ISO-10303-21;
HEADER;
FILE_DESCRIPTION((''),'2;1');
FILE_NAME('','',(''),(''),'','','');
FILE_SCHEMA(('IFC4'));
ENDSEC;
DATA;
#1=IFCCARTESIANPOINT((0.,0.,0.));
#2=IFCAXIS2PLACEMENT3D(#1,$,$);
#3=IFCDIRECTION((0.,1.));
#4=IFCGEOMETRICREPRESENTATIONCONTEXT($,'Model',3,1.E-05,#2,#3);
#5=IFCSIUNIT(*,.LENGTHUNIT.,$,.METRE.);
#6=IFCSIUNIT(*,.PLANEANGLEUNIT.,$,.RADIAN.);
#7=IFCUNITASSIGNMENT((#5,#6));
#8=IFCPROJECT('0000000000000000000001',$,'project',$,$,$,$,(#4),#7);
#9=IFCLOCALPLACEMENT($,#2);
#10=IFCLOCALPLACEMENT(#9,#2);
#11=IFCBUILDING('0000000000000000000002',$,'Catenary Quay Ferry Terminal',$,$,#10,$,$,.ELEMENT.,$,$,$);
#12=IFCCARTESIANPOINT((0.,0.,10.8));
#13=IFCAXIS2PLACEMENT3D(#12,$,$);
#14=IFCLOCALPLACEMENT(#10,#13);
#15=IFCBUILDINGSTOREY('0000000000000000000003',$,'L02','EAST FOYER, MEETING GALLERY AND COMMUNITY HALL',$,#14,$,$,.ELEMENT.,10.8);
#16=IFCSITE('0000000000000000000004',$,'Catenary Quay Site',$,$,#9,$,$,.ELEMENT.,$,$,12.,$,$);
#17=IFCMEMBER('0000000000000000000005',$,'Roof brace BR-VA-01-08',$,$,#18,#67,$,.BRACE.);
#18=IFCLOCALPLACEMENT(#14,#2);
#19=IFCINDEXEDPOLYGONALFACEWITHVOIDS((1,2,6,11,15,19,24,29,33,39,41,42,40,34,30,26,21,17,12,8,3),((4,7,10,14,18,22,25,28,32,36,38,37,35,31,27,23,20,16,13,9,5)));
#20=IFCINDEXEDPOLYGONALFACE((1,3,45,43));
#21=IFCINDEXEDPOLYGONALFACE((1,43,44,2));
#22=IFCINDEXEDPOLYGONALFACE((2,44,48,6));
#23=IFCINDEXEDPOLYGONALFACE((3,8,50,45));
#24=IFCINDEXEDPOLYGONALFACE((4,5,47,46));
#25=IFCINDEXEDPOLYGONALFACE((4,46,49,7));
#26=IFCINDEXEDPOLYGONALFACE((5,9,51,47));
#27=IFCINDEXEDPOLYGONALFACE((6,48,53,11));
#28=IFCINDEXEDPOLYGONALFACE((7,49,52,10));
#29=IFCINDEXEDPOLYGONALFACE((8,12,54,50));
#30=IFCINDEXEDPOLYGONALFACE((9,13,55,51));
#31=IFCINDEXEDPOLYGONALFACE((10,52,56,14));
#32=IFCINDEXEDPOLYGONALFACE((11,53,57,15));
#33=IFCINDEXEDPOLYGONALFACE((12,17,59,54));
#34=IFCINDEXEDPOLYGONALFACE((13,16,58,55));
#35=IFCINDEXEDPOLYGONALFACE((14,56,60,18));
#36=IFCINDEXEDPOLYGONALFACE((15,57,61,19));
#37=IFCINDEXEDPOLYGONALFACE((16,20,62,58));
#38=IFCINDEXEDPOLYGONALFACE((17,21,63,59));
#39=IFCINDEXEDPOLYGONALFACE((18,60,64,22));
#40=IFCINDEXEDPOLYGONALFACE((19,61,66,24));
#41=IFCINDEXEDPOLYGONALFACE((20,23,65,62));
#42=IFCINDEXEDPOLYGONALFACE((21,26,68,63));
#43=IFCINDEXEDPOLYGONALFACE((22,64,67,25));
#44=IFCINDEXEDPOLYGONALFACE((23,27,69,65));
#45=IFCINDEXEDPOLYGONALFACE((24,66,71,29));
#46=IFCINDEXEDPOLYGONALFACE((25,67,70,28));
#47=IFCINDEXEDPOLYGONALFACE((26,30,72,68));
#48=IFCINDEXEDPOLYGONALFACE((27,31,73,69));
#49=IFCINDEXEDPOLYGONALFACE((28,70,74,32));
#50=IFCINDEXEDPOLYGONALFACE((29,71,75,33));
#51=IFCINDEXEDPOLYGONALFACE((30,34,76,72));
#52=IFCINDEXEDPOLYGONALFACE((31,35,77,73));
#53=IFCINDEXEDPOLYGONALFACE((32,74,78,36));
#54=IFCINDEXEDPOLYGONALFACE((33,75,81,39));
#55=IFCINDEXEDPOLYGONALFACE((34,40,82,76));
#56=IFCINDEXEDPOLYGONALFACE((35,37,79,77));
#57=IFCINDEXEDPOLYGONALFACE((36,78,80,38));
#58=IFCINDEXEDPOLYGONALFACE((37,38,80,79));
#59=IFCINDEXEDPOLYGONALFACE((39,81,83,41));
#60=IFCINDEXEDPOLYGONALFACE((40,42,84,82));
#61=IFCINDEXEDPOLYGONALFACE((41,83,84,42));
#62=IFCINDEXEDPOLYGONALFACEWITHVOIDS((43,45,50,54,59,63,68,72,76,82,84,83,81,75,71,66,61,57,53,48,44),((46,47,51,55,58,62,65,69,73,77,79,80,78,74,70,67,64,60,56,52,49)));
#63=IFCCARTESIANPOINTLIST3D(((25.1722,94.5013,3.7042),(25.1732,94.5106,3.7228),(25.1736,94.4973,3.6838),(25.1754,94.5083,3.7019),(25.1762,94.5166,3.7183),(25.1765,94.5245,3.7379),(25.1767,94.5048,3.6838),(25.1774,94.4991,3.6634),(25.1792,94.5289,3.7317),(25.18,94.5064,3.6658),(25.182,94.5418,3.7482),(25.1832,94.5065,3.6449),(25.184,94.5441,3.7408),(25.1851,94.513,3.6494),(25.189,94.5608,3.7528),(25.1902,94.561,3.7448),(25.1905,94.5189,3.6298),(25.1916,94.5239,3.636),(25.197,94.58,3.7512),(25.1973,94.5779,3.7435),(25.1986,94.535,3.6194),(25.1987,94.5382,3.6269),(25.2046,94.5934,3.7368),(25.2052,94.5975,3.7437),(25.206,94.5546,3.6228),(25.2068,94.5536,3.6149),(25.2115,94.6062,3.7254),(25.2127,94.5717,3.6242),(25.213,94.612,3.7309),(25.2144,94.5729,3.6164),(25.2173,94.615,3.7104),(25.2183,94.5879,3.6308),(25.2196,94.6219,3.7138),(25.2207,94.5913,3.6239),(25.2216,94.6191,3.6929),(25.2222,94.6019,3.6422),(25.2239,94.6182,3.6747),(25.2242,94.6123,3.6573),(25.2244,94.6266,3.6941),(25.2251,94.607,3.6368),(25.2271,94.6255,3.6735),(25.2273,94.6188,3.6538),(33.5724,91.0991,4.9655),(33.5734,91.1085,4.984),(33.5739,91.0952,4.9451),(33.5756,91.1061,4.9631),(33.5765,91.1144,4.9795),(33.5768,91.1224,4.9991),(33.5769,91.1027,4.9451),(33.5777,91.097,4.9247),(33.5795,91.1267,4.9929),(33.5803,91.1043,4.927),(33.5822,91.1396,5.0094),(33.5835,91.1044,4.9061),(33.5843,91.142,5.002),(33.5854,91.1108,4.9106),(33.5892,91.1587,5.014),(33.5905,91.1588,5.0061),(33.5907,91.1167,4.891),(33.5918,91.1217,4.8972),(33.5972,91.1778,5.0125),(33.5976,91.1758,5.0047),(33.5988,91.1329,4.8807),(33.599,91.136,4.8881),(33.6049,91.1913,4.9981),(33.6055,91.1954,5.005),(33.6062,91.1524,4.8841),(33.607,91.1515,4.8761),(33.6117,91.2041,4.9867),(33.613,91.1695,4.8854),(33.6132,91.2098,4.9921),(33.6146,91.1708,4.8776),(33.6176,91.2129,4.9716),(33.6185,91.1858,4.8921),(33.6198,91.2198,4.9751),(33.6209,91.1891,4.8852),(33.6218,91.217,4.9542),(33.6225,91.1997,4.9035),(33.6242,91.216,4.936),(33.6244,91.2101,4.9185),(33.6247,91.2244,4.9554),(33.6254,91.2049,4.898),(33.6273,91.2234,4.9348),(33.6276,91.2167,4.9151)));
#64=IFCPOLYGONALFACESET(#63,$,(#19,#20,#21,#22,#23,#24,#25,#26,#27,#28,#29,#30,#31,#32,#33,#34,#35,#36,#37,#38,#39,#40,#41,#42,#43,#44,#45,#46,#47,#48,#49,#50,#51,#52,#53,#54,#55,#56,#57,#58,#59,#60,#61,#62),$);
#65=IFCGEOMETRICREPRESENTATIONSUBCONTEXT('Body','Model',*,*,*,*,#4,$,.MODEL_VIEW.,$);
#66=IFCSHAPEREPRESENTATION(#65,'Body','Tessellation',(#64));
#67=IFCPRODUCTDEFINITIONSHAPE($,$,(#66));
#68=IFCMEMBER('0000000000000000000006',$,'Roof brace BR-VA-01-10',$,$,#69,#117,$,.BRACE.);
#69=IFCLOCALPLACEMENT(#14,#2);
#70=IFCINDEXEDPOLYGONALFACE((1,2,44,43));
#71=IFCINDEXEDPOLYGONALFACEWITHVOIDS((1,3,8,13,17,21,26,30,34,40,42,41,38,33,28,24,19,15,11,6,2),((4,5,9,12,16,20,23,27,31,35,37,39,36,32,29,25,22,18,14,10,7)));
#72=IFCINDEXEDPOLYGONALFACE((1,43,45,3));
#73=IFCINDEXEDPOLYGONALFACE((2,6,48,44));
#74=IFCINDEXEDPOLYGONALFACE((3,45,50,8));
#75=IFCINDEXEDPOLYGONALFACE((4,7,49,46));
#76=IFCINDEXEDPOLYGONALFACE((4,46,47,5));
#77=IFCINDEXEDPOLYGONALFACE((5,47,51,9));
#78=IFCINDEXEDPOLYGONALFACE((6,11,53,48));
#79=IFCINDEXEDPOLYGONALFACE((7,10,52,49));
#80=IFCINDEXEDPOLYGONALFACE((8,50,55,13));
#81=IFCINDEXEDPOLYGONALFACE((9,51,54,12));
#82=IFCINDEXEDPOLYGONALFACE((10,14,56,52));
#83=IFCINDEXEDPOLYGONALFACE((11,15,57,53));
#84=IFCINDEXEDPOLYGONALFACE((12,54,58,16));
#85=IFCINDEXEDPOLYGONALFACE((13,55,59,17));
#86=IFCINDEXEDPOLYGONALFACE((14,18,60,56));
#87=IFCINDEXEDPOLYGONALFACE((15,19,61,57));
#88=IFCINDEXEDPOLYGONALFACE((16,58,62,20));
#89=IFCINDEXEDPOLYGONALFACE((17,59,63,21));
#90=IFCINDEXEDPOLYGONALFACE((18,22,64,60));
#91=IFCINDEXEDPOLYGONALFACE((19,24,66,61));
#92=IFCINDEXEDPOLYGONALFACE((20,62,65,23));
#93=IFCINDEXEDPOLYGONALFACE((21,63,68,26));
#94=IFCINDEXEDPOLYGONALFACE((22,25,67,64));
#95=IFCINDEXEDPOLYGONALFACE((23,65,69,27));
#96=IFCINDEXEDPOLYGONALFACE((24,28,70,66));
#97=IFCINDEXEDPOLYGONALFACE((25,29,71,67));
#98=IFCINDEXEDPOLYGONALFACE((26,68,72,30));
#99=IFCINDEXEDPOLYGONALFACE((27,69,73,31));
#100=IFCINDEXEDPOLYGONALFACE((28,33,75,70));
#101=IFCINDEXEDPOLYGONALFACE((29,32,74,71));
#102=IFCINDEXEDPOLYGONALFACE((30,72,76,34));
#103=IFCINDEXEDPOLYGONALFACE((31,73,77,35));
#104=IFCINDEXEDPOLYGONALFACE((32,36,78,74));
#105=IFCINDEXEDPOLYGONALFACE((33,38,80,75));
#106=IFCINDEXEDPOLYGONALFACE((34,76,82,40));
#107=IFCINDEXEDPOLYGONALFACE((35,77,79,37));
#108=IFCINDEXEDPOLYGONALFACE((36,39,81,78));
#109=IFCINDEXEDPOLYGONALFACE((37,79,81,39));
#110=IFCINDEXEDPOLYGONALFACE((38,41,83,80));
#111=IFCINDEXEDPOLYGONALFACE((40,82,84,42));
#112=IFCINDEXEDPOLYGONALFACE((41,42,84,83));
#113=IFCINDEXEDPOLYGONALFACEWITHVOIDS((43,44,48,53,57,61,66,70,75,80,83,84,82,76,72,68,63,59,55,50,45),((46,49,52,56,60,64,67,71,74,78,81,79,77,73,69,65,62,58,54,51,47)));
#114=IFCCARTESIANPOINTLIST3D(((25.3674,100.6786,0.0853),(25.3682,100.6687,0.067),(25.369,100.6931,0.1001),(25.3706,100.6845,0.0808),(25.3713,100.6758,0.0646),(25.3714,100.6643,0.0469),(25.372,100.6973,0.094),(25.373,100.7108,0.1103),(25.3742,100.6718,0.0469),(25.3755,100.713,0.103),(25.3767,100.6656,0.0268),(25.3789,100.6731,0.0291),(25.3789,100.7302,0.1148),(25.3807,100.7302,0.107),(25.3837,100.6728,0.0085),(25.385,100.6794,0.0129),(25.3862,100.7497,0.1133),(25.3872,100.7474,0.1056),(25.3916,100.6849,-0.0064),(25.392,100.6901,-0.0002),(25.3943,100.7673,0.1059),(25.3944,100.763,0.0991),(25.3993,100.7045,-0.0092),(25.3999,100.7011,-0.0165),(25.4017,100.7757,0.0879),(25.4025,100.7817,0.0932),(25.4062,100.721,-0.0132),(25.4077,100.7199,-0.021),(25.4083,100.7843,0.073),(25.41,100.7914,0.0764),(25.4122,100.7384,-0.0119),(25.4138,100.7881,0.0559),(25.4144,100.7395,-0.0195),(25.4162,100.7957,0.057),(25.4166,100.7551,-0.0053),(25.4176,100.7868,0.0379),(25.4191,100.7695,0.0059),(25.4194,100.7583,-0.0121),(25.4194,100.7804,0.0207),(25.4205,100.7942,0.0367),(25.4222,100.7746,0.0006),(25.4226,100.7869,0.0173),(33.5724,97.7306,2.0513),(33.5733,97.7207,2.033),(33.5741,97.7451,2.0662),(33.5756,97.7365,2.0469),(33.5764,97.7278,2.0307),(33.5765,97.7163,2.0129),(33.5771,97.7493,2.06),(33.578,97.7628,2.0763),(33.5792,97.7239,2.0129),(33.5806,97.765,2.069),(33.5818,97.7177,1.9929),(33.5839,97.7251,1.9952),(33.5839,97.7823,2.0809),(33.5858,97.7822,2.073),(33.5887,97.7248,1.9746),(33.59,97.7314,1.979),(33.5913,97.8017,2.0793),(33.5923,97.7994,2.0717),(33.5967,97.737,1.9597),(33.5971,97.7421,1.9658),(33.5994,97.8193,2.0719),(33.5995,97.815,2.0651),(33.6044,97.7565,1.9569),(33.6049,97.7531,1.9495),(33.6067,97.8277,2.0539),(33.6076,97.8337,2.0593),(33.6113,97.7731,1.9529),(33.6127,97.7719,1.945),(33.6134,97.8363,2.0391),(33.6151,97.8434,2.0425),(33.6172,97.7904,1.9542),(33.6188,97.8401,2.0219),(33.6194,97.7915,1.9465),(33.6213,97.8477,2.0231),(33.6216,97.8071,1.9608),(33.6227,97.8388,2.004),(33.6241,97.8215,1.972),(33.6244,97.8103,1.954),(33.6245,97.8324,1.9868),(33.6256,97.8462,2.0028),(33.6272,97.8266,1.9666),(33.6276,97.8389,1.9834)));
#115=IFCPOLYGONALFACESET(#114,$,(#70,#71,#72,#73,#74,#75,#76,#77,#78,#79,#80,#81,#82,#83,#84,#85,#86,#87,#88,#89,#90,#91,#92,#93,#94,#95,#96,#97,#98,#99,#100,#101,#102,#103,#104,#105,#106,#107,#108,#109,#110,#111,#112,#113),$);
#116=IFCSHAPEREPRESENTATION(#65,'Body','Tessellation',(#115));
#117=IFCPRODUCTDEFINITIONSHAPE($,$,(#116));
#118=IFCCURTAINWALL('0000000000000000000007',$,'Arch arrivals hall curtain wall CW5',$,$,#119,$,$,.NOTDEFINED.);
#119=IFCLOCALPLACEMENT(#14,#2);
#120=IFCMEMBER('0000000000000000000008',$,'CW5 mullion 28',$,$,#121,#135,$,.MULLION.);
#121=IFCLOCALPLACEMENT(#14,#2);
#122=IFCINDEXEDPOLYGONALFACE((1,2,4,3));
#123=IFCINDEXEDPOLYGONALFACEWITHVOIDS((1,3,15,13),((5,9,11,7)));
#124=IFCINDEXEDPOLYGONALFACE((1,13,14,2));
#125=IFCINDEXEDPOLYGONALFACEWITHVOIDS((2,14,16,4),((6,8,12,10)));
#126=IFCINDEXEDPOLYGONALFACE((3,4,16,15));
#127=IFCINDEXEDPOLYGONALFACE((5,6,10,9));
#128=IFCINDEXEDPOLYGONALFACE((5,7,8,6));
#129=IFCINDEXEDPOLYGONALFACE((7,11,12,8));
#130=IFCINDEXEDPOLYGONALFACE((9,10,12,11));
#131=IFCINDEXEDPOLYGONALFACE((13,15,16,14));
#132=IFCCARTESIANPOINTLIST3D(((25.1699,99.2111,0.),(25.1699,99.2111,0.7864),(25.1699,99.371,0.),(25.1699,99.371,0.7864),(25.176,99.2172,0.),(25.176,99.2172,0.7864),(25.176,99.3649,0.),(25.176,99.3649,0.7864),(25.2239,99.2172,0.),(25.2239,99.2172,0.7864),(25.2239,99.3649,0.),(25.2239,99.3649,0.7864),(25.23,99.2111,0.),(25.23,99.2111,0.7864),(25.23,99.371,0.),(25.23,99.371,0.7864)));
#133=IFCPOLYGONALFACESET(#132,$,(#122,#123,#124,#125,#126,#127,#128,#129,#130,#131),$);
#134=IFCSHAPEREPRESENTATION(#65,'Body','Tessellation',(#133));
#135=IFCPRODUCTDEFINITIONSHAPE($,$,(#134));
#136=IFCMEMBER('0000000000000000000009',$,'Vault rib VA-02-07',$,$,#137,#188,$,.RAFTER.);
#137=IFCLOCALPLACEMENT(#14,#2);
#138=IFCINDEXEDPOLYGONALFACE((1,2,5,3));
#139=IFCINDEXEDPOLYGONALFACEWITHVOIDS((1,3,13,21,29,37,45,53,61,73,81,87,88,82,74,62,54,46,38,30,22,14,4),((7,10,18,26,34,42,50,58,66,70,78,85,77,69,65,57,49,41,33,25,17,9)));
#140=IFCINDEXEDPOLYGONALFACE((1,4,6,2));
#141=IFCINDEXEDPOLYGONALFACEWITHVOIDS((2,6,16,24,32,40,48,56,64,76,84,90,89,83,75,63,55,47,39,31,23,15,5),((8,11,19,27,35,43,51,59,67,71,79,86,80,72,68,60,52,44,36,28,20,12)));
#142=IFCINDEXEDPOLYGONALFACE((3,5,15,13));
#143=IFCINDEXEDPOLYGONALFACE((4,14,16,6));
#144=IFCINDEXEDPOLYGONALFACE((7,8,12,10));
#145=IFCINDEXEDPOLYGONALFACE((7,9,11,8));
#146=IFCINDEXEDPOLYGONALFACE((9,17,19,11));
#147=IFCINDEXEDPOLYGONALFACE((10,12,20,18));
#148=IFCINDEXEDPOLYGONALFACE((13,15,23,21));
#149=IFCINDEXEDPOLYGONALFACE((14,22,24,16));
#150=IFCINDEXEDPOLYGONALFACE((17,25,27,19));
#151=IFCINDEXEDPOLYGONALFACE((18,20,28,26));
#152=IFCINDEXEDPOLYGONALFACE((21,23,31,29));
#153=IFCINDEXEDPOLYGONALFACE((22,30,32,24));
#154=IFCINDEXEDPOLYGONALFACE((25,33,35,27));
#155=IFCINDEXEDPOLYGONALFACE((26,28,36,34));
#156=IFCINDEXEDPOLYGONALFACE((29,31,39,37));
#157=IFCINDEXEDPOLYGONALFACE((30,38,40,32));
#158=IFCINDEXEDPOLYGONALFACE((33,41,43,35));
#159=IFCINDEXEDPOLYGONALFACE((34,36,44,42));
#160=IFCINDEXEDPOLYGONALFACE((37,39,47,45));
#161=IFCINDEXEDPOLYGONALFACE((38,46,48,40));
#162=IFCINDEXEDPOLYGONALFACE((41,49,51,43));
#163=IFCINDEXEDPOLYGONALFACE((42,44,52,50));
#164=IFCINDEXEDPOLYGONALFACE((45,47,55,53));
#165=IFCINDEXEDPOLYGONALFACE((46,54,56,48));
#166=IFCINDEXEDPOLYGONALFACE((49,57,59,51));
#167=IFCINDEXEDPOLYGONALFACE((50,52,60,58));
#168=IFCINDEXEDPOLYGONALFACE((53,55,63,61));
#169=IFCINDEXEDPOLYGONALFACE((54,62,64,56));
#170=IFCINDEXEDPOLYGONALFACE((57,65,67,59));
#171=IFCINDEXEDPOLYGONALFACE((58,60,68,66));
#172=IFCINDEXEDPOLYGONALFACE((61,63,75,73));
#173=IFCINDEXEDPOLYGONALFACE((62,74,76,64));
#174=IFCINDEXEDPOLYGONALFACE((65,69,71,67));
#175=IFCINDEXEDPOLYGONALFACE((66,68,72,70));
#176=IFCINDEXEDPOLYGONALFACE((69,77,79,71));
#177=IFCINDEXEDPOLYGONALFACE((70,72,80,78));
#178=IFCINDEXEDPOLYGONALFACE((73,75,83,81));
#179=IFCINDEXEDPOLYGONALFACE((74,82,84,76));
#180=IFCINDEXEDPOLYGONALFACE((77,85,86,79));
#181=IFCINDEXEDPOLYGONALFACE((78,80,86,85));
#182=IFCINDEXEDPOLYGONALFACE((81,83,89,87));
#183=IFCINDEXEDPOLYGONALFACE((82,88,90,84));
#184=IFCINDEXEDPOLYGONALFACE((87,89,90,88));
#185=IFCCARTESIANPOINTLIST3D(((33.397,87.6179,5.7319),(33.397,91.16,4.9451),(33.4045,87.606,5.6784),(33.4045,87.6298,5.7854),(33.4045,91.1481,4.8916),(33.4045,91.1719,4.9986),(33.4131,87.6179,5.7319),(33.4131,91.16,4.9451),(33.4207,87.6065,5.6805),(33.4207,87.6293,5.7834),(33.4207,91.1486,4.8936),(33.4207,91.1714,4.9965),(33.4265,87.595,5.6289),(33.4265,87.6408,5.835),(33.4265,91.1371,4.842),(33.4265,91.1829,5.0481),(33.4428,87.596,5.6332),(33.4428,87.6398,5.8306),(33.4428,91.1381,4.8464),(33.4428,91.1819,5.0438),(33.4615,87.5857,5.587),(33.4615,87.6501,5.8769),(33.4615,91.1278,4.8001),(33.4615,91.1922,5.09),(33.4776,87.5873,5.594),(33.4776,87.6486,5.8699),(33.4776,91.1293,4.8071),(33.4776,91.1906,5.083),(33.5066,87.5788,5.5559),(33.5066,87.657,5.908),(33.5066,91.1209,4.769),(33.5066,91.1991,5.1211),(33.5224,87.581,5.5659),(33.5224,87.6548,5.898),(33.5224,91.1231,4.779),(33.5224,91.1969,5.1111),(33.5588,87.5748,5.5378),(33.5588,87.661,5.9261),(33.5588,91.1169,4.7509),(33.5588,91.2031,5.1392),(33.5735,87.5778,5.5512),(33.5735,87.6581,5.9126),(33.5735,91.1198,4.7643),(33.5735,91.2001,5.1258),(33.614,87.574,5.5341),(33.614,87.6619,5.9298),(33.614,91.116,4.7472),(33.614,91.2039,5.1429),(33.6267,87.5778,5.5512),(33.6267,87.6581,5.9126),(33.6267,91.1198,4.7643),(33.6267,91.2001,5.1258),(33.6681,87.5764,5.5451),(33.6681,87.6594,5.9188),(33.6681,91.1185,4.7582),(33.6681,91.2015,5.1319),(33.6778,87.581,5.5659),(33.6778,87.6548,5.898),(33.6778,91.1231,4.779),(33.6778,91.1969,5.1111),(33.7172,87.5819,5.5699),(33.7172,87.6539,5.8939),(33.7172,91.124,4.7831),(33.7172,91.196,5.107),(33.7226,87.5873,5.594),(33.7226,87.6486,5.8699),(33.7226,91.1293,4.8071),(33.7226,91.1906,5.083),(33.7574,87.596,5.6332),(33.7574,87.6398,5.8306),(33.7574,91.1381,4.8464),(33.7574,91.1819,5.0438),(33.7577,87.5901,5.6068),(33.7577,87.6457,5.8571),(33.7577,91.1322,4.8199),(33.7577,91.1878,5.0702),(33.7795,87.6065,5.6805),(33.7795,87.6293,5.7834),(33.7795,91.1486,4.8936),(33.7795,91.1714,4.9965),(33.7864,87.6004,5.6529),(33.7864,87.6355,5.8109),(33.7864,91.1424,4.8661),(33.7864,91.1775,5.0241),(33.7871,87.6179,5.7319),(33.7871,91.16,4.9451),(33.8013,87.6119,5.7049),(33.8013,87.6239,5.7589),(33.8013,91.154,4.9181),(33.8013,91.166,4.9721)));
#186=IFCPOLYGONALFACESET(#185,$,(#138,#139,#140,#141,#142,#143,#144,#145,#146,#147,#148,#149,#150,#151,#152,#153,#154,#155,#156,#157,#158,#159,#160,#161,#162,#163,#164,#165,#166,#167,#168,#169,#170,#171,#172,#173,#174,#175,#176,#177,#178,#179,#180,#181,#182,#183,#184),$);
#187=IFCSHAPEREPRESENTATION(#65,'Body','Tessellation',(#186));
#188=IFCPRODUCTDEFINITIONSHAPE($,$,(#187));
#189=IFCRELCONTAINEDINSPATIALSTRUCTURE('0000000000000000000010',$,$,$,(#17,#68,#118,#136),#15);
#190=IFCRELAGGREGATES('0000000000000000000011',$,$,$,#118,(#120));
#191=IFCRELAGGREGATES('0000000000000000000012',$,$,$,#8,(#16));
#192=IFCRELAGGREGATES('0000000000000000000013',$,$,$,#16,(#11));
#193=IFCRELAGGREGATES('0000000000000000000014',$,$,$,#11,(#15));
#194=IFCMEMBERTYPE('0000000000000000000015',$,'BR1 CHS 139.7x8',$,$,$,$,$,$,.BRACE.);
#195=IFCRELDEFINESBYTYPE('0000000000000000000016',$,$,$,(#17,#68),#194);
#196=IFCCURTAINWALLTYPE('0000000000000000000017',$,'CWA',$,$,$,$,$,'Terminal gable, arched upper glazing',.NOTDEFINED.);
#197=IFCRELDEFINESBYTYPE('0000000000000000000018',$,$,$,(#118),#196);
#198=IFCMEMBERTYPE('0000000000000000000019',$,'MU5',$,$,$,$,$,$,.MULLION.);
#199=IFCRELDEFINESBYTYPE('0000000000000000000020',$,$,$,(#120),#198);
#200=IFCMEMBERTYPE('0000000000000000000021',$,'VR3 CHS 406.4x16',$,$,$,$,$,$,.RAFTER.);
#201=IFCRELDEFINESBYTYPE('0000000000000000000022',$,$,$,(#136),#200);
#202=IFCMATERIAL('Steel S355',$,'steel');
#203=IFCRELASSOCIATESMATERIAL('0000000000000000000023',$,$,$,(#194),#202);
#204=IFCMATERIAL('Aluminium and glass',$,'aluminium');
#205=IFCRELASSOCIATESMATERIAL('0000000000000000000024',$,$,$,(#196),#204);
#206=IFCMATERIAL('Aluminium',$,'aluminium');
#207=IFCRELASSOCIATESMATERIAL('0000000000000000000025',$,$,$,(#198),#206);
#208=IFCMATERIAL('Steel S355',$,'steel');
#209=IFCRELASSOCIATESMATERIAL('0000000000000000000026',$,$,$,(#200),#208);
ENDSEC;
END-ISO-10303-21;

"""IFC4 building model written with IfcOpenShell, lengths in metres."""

from ifc_helpers import new_model, si_unit, direction, frame, origin, origin_2d, place, context, subcontext, project, spatial, hollow_rectangle, hollow_circle, extrude, material, material_profile, profile_set, type_object, element, aggregate, save


model = new_model("IFC4")

# Units and contexts
model_context = context("Model", 3, precision=1e-05, world=origin(), true_north=direction((0.0, 1.0)))
body_context = subcontext(model_context, "Body", "Model", "MODEL_VIEW")
ifc_project = project(units=[si_unit("LENGTHUNIT", "METRE"), si_unit("PLANEANGLEUNIT", "RADIAN")], contexts=[model_context])

# Site, building, storey
site_placement = place(None, origin())
site = spatial("IfcSite", under=ifc_project, at=site_placement, Name="Catenary Quay Site", CompositionType="ELEMENT", RefElevation=12.0)
building_placement = place(site_placement, origin())
building = spatial("IfcBuilding", under=site, at=building_placement, Name="Catenary Quay Ferry Terminal", CompositionType="ELEMENT")
storey_placement = place(building_placement, frame((0.0, 0.0, 10.8)))
storey = spatial("IfcBuildingStorey", under=building, at=storey_placement, Name="L02", Description="EAST FOYER, MEETING GALLERY AND COMMUNITY HALL", CompositionType="ELEMENT", Elevation=10.8)

# Members
ifc_material_1 = material(Name="Steel S355", Category="steel")
ifc_material_profile_1 = material_profile(ifc_material_1, hollow_circle(Radius=0.0698, WallThickness=0.0081, at=origin_2d()), Name="CHS 139.7x8")
ifc_profile_set_1 = profile_set([ifc_material_profile_1], Name="Steel S355")
member_type_1 = type_object("IfcMemberType", Name="BR1 CHS 139.7x8", PredefinedType="BRACE", material=ifc_profile_set_1)
member_1_placement = place(storey_placement, frame((33.6001, 91.1599, 4.9451), z_axis=(-0.918022, 0.371803, -0.137835), x_axis=(-0.375386, -0.926868, 0.0)))
element("IfcMember", 1, at=member_1_placement, inside=storey, type_object=member_type_1, Name="Roof brace BR-VA-01-08", PredefinedType="BRACE", context=body_context, shape_type="SweptSolid", body=[
    extrude(hollow_circle(Radius=0.0698, WallThickness=0.0081, at=origin_2d()), origin(), (0.0, 0.0, 1.0), 9.1504),
])
member_2_placement = place(storey_placement, frame((33.6001, 97.782, 2.0129), z_axis=(-0.918048, 0.329845, -0.219979), x_axis=(-0.338127, -0.9411, 0.0)))
element("IfcMember", 2, at=member_2_placement, inside=storey, type_object=member_type_1, Name="Roof brace BR-VA-01-10", PredefinedType="BRACE", context=body_context, shape_type="SweptSolid", body=[
    extrude(hollow_circle(Radius=0.0698, WallThickness=0.0081, at=origin_2d()), origin(), (0.0, 0.0, 1.0), 8.9375),
])

# Curtain wall, member
ifc_material_2 = material(Name="Aluminium and glass", Category="aluminium")
curtain_wall_type = type_object("IfcCurtainWallType", Name="CWA", ElementType="Terminal gable, arched upper glazing", PredefinedType="NOTDEFINED", material=ifc_material_2)
curtain_wall_placement = place(storey_placement, origin())
curtain_wall = element("IfcCurtainWall", 3, at=curtain_wall_placement, inside=storey, type_object=curtain_wall_type, Name="Arch arrivals hall curtain wall CW5", PredefinedType="NOTDEFINED")
ifc_material_3 = material(Name="Aluminium", Category="aluminium")
ifc_material_profile_2 = material_profile(ifc_material_3, hollow_rectangle(XDim=0.0601, YDim=0.1599, WallThickness=0.0061, at=origin_2d()), Name="MU5")
ifc_profile_set_2 = profile_set([ifc_material_profile_2], Name="Aluminium")
member_type_2 = type_object("IfcMemberType", Name="MU5", PredefinedType="MULLION", material=ifc_profile_set_2)
member_3_placement = place(storey_placement, frame((25.2, 99.291, 0.0), z_axis=(0.0, 0.0, 1.0), x_axis=(-1.0, 0.0, 0.0)))
member_3 = element("IfcMember", 4, at=member_3_placement, type_object=member_type_2, Name="CW5 mullion 28", PredefinedType="MULLION", context=body_context, shape_type="SweptSolid", body=[
    extrude(hollow_rectangle(XDim=0.0601, YDim=0.1599, WallThickness=0.0061, at=origin_2d()), origin(), (0.0, 0.0, 1.0), 0.7864),
])

# Member
ifc_material_4 = material(Name="Steel S355", Category="steel")
ifc_material_profile_3 = material_profile(ifc_material_4, hollow_circle(Radius=0.2031, WallThickness=0.0161, at=origin_2d()), Name="CHS 406.4x16")
ifc_profile_set_3 = profile_set([ifc_material_profile_3], Name="Steel S355")
member_type_3 = type_object("IfcMemberType", Name="VR3 CHS 406.4x16", PredefinedType="RAFTER", material=ifc_profile_set_3)
for number, where, z_axis, x_axis, name in (
    (5, (33.6001, 87.6179, 5.7319), (0.0, 0.976201, -0.216866), (-1.0, 0.0, 0.0), "Vault rib VA-02-07"),
):
    element("IfcMember", number, at=place(storey_placement, frame(where, z_axis=z_axis, x_axis=x_axis)), inside=storey, type_object=member_type_3, Name=name, PredefinedType="RAFTER", context=body_context, shape_type="SweptSolid", body=[
        extrude(hollow_circle(Radius=0.2031, WallThickness=0.0161, at=origin_2d()), origin(), (0.0, 0.0, 1.0), 3.6284),
    ])

aggregate(curtain_wall, [member_3])

save(model, "model.ifc")
